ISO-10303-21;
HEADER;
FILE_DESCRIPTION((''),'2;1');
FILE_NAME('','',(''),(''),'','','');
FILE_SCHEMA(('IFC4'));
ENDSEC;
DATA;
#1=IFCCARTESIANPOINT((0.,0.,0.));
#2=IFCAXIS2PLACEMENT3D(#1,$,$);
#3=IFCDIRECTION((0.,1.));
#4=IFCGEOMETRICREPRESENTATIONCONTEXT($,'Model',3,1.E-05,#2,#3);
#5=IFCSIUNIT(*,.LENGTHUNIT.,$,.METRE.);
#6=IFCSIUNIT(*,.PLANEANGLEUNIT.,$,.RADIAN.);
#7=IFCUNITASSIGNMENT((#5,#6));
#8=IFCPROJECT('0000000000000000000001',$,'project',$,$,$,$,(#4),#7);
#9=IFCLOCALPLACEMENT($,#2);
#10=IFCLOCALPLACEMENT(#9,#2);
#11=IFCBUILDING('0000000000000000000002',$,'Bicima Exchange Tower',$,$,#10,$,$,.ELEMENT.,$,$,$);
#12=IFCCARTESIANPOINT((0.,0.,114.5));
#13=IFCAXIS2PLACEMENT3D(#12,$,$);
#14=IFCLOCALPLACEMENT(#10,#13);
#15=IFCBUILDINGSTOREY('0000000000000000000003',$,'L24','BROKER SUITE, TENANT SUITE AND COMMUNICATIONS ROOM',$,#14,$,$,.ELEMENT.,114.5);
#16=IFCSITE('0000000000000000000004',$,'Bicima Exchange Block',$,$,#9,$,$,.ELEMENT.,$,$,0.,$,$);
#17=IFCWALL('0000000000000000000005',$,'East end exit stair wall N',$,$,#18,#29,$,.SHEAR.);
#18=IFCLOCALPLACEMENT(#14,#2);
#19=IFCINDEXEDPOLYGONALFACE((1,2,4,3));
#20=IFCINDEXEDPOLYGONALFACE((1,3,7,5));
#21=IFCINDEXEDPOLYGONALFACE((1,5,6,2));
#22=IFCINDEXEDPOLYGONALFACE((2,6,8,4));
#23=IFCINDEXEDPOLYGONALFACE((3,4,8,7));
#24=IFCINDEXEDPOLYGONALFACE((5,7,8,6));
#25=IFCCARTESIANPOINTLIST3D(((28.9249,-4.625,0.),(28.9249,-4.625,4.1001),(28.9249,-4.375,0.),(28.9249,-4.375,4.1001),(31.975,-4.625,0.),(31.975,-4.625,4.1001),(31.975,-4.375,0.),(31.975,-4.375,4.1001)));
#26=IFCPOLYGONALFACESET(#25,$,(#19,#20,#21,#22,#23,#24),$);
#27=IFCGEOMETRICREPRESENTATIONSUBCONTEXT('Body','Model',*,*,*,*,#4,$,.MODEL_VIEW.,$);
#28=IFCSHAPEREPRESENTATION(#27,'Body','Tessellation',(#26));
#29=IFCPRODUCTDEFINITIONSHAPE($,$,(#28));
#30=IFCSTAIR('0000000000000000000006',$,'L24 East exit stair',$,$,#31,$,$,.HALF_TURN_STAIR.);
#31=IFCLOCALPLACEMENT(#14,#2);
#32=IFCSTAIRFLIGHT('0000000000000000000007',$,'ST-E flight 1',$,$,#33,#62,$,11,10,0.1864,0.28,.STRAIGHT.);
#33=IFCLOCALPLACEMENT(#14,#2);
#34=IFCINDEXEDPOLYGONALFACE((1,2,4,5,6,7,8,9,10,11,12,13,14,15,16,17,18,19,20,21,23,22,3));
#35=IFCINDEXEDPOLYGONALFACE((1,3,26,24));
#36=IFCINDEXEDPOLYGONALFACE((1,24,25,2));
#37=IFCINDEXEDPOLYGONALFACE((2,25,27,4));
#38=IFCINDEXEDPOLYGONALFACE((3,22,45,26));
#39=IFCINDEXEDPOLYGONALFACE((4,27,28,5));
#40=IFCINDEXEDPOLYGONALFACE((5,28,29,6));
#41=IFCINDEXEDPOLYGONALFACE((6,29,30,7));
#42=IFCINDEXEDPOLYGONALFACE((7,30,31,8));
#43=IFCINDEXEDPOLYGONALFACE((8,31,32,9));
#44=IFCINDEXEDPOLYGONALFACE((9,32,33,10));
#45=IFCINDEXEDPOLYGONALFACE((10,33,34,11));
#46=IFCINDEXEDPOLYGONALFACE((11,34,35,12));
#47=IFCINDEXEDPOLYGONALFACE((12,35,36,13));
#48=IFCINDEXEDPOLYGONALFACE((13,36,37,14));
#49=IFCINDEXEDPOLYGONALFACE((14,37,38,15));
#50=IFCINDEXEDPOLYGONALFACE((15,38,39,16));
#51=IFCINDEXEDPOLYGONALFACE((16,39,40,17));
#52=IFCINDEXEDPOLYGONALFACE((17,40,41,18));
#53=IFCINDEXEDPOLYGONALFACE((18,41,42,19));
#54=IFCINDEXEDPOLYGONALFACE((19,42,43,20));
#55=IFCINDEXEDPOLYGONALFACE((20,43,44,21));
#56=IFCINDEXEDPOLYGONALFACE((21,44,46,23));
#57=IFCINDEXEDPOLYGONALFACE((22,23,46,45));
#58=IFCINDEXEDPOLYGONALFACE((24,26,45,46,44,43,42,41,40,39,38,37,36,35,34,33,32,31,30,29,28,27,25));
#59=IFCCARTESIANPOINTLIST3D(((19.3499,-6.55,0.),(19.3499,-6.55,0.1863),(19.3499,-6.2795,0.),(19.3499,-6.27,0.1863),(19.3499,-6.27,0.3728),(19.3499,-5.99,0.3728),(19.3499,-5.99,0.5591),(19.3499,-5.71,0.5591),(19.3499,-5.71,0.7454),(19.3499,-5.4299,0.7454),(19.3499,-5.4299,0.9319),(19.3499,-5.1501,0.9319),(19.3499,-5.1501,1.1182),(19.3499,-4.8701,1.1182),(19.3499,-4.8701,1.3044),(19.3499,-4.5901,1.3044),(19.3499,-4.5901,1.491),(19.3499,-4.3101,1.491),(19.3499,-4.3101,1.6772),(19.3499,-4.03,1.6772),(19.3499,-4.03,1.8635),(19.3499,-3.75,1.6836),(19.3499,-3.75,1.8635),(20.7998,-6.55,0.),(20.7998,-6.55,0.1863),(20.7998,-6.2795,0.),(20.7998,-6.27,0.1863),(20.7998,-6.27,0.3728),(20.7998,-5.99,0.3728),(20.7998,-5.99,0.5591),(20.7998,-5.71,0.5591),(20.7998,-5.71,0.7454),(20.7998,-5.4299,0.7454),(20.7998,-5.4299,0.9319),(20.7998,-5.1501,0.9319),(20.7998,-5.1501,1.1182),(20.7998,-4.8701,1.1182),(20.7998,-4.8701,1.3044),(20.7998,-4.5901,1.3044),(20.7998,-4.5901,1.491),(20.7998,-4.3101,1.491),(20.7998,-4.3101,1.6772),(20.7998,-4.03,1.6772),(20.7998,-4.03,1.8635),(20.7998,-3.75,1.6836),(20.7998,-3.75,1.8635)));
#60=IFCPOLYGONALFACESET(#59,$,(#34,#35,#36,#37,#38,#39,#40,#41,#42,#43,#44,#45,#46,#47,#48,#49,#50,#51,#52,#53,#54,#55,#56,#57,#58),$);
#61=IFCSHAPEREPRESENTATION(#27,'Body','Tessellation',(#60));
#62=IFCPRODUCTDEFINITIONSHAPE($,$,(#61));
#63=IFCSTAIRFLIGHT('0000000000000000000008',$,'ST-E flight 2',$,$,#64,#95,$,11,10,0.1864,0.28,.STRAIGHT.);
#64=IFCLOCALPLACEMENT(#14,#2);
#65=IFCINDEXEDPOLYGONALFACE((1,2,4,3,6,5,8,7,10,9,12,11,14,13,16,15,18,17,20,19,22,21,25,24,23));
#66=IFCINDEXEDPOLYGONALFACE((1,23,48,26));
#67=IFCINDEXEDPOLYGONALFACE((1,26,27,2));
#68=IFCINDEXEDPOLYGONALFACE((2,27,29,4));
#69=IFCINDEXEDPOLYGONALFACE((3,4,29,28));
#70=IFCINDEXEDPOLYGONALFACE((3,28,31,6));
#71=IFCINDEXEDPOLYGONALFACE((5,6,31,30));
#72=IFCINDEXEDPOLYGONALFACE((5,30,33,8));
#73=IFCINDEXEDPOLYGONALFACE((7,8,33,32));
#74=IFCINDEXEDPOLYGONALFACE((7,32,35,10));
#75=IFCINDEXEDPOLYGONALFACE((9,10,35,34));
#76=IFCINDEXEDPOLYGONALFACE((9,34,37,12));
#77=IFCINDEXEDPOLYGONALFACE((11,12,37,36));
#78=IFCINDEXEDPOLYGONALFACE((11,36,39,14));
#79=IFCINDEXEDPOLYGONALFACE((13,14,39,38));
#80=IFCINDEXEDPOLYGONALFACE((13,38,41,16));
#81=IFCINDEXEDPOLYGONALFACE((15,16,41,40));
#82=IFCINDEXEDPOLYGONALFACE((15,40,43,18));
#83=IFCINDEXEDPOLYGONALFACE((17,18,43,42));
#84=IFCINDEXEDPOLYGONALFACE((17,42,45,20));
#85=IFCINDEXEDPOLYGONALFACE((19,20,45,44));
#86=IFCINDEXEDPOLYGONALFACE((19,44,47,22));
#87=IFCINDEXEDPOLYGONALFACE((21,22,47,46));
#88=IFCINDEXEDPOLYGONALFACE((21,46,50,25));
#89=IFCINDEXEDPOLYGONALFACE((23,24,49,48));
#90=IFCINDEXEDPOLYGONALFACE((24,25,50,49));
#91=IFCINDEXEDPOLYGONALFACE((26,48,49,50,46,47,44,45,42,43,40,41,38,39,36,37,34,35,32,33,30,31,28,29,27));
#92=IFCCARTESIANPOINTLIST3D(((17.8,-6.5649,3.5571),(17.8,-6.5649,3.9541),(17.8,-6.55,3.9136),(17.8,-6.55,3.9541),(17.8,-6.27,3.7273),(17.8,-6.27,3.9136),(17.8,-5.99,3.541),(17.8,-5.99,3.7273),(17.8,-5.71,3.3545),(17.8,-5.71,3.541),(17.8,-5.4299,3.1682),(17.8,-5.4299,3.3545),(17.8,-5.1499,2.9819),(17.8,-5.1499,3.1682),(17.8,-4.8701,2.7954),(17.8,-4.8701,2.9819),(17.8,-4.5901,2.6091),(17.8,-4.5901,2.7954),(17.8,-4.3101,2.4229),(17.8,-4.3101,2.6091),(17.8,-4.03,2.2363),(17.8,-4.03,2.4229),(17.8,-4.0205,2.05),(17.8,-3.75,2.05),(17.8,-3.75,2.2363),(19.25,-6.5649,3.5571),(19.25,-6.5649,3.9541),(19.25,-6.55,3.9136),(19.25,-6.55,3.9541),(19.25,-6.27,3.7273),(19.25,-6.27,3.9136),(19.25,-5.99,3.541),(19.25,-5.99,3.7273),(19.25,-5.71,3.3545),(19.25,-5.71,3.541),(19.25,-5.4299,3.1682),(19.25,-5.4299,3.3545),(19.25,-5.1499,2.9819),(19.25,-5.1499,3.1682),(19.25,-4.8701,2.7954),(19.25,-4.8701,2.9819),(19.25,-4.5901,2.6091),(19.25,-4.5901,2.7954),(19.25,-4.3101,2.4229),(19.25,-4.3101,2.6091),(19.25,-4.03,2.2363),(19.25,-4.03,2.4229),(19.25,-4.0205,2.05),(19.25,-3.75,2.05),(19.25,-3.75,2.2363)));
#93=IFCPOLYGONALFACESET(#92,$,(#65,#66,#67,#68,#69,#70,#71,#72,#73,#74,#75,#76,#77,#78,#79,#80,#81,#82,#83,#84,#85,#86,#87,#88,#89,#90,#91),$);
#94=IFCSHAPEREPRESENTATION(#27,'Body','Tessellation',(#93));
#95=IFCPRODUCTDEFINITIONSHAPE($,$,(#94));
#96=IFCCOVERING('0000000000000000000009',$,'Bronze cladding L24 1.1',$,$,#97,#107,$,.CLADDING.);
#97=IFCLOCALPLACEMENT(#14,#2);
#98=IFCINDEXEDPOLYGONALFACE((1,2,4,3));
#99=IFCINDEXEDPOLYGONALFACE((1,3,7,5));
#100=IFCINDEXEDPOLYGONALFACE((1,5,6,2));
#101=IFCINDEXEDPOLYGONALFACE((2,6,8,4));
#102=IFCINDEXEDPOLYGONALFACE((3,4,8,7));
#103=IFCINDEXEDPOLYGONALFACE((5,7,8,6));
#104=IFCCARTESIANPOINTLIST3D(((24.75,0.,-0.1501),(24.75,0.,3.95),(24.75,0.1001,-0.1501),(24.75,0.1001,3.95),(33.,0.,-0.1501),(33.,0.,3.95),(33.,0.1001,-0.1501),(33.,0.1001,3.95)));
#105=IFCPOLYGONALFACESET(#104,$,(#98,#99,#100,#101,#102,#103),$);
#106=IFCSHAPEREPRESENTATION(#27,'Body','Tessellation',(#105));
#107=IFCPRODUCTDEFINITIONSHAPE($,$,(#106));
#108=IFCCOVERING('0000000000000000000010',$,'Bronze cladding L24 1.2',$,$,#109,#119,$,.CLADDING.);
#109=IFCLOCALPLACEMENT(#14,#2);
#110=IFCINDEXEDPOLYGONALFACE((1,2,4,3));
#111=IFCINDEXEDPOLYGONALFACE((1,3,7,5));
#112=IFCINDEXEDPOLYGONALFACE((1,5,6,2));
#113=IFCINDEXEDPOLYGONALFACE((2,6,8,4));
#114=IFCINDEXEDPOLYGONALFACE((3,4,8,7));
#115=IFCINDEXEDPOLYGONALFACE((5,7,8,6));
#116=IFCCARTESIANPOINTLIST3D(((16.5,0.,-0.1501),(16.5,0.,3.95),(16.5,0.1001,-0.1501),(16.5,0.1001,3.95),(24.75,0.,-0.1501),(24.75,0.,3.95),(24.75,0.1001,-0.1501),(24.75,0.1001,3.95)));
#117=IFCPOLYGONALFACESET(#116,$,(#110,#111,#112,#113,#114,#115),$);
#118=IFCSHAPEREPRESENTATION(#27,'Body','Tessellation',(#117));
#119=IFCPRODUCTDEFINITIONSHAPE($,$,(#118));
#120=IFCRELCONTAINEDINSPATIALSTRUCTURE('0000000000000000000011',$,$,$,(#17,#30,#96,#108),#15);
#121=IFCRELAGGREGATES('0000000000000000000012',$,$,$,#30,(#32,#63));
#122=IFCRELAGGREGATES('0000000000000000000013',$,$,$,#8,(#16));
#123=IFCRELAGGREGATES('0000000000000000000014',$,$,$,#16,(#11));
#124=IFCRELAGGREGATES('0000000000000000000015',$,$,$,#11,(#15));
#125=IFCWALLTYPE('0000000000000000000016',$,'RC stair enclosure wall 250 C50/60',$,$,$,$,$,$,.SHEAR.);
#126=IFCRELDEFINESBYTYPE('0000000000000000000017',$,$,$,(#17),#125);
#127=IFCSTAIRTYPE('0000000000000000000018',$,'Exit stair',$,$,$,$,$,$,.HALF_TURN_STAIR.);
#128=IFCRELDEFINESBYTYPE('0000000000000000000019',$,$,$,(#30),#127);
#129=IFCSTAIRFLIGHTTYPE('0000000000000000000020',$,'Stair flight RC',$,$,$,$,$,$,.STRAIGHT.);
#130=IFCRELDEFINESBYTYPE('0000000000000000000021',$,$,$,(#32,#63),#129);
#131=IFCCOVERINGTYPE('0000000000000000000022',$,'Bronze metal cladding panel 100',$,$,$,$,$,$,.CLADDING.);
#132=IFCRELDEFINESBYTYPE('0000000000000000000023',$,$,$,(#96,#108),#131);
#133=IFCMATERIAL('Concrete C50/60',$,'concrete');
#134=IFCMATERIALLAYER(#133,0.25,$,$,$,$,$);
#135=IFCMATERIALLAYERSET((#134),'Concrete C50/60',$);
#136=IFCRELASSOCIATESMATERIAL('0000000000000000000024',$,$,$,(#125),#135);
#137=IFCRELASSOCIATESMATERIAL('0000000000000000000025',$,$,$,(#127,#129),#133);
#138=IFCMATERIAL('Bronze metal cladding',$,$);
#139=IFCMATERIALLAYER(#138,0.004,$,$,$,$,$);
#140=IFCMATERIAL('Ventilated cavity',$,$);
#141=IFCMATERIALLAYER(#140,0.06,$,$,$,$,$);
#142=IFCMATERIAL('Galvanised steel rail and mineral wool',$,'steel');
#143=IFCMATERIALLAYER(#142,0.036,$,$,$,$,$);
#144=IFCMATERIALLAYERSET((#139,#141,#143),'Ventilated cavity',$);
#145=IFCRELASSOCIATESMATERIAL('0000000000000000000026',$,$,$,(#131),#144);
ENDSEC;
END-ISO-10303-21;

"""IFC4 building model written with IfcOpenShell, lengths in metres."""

from ifc_helpers import new_model, si_unit, direction, frame, frame_2d, origin, origin_2d, place, context, subcontext, project, spatial, polyline, rectangle, outline, extrude, material, layer, layer_set, type_object, element, aggregate, save


model = new_model("IFC4")

# Units and contexts
model_context = context("Model", 3, precision=1e-05, world=origin(), true_north=direction((0.0, 1.0)))
body_context = subcontext(model_context, "Body", "Model", "MODEL_VIEW")
ifc_project = project(units=[si_unit("LENGTHUNIT", "METRE"), si_unit("PLANEANGLEUNIT", "RADIAN")], contexts=[model_context])

# Site, building, storey
site_placement = place(None, origin())
site = spatial("IfcSite", under=ifc_project, at=site_placement, Name="Bicima Exchange Block", CompositionType="ELEMENT", RefElevation=0.0)
building_placement = place(site_placement, origin())
building = spatial("IfcBuilding", under=site, at=building_placement, Name="Bicima Exchange Tower", CompositionType="ELEMENT")
storey_placement = place(building_placement, frame((0.0, 0.0, 114.5)))
storey = spatial("IfcBuildingStorey", under=building, at=storey_placement, Name="L24", Description="BROKER SUITE, TENANT SUITE AND COMMUNICATIONS ROOM", CompositionType="ELEMENT", Elevation=114.5)

# Shared definitions
ifc_material_1 = material(Name="Concrete C50/60", Category="concrete")

# Shared definitions
ifc_layer_1 = layer(ifc_material_1, 0.25)
ifc_layer_set_1 = layer_set([ifc_layer_1], Name="Concrete C50/60")
wall_type_1 = type_object("IfcWallType", Name="RC stair enclosure wall 250 C50/60", PredefinedType="SHEAR", material=ifc_layer_set_1)

# Wall
wall_1_placement = place(storey_placement, frame((28.925, -4.5, 0.0), z_axis=(0.0, 0.0, 1.0), x_axis=(1.0, 0.0, 0.0)))
element("IfcWall", 1, at=wall_1_placement, inside=storey, type_object=wall_type_1, Name="East end exit stair wall N", PredefinedType="SHEAR", context=body_context, shape_type="SweptSolid", body=[
    extrude(rectangle(XDim=3.05, YDim=0.25, at=frame_2d((1.5249, 0.0))), origin(), (0.0, 0.0, 1.0), 4.1001),
])

# Stair, stair flights
stair_type = type_object("IfcStairType", Name="Exit stair", PredefinedType="HALF_TURN_STAIR", material=ifc_material_1)
stair_placement = place(storey_placement, origin())
stair = element("IfcStair", 2, at=stair_placement, inside=storey, type_object=stair_type, Name="L24 East exit stair", PredefinedType="HALF_TURN_STAIR")
stair_flight_type = type_object("IfcStairFlightType", Name="Stair flight RC", PredefinedType="STRAIGHT", material=ifc_material_1)
stair_flight_1_placement = place(storey_placement, frame((20.075, -6.55, 0.0), z_axis=(0.0, 0.0, 1.0), x_axis=(0.0, 1.0, 0.0)))
stair_flight_1 = element("IfcStairFlight", 3, at=stair_flight_1_placement, type_object=stair_flight_type, Name="ST-E flight 1", NumberOfRisers=11, NumberOfTreads=10, PredefinedType="STRAIGHT", RiserHeight=0.1864, TreadLength=0.28, context=body_context, shape_type="SweptSolid", body=[
    extrude(outline(polyline([(0.0, 0.0), (0.0, 0.1863), (0.28, 0.1863), (0.28, 0.3728), (0.5601, 0.3728), (0.5601, 0.5591), (0.8401, 0.5591), (0.8401, 0.7454), (1.1201, 0.7454), (1.1201, 0.9319), (1.3999, 0.9319), (1.3999, 1.1182), (1.6799, 1.1182), (1.6799, 1.3044), (1.96, 1.3044), (1.96, 1.491), (2.24, 1.491), (2.24, 1.6772), (2.52, 1.6772), (2.52, 1.8635), (2.8, 1.8635), (2.8, 2.05), (2.8, 1.6836), (0.2705, 0.0), (0.0, 0.0)])), frame((0.0, 0.7251, 0.0), z_axis=(0.0, -1.0, 0.0), x_axis=(1.0, 0.0, 0.0)), (0.0, 0.0, 1.0), 1.45),
])
stair_flight_2_placement = place(storey_placement, frame((18.5249, -3.75, 2.05), z_axis=(0.0, 0.0, 1.0), x_axis=(0.0, -1.0, 0.0)))
stair_flight_2 = element("IfcStairFlight", 4, at=stair_flight_2_placement, type_object=stair_flight_type, Name="ST-E flight 2", NumberOfRisers=11, NumberOfTreads=10, PredefinedType="STRAIGHT", RiserHeight=0.1864, TreadLength=0.28, context=body_context, shape_type="SweptSolid", body=[
    extrude(outline(polyline([(0.0, 0.0), (0.0, 0.1863), (0.28, 0.1863), (0.28, 0.3728), (0.5601, 0.3728), (0.5601, 0.5591), (0.8401, 0.5591), (0.8401, 0.7454), (1.1201, 0.7454), (1.1201, 0.9319), (1.3999, 0.9319), (1.3999, 1.1182), (1.6799, 1.1182), (1.6799, 1.3044), (1.96, 1.3044), (1.96, 1.491), (2.24, 1.491), (2.24, 1.6772), (2.52, 1.6772), (2.52, 1.8635), (2.8, 1.8635), (2.8, 1.9041), (2.8149, 1.9041), (2.8149, 1.5071), (0.2705, 0.0), (0.0, 0.0)])), frame((0.0, 0.7251, 0.0), z_axis=(0.0, -1.0, 0.0), x_axis=(1.0, 0.0, 0.0)), (0.0, 0.0, 1.0), 1.45),
])
aggregate(stair, [stair_flight_1, stair_flight_2])

# Coverings
ifc_material_2 = material(Name="Bronze metal cladding")
ifc_layer_2 = layer(ifc_material_2, 0.004)
ifc_material_3 = material(Name="Ventilated cavity")
ifc_layer_3 = layer(ifc_material_3, 0.06)
ifc_material_4 = material(Name="Galvanised steel rail and mineral wool", Category="steel")
ifc_layer_4 = layer(ifc_material_4, 0.036)
ifc_layer_set_2 = layer_set([ifc_layer_2, ifc_layer_3, ifc_layer_4], Name="Ventilated cavity")
covering_type = type_object("IfcCoveringType", Name="Bronze metal cladding panel 100", PredefinedType="CLADDING", material=ifc_layer_set_2)
for number, where, z_axis, x_axis, name in (
    (5, (28.875, 0.05, -0.1501), (0.0, 0.0, 1.0), (-1.0, 0.0, 0.0), "Bronze cladding L24 1.1"),
    (6, (20.625, 0.05, -0.1501), (0.0, 0.0, 1.0), (-1.0, 0.0, 0.0), "Bronze cladding L24 1.2"),
):
    element("IfcCovering", number, at=place(storey_placement, frame(where, z_axis=z_axis, x_axis=x_axis)), inside=storey, type_object=covering_type, Name=name, PredefinedType="CLADDING", context=body_context, shape_type="SweptSolid", body=[
        extrude(rectangle(XDim=8.25, YDim=0.1001, at=origin_2d()), origin(), (0.0, 0.0, 1.0), 4.1001),
    ])

save(model, "model.ifc")
